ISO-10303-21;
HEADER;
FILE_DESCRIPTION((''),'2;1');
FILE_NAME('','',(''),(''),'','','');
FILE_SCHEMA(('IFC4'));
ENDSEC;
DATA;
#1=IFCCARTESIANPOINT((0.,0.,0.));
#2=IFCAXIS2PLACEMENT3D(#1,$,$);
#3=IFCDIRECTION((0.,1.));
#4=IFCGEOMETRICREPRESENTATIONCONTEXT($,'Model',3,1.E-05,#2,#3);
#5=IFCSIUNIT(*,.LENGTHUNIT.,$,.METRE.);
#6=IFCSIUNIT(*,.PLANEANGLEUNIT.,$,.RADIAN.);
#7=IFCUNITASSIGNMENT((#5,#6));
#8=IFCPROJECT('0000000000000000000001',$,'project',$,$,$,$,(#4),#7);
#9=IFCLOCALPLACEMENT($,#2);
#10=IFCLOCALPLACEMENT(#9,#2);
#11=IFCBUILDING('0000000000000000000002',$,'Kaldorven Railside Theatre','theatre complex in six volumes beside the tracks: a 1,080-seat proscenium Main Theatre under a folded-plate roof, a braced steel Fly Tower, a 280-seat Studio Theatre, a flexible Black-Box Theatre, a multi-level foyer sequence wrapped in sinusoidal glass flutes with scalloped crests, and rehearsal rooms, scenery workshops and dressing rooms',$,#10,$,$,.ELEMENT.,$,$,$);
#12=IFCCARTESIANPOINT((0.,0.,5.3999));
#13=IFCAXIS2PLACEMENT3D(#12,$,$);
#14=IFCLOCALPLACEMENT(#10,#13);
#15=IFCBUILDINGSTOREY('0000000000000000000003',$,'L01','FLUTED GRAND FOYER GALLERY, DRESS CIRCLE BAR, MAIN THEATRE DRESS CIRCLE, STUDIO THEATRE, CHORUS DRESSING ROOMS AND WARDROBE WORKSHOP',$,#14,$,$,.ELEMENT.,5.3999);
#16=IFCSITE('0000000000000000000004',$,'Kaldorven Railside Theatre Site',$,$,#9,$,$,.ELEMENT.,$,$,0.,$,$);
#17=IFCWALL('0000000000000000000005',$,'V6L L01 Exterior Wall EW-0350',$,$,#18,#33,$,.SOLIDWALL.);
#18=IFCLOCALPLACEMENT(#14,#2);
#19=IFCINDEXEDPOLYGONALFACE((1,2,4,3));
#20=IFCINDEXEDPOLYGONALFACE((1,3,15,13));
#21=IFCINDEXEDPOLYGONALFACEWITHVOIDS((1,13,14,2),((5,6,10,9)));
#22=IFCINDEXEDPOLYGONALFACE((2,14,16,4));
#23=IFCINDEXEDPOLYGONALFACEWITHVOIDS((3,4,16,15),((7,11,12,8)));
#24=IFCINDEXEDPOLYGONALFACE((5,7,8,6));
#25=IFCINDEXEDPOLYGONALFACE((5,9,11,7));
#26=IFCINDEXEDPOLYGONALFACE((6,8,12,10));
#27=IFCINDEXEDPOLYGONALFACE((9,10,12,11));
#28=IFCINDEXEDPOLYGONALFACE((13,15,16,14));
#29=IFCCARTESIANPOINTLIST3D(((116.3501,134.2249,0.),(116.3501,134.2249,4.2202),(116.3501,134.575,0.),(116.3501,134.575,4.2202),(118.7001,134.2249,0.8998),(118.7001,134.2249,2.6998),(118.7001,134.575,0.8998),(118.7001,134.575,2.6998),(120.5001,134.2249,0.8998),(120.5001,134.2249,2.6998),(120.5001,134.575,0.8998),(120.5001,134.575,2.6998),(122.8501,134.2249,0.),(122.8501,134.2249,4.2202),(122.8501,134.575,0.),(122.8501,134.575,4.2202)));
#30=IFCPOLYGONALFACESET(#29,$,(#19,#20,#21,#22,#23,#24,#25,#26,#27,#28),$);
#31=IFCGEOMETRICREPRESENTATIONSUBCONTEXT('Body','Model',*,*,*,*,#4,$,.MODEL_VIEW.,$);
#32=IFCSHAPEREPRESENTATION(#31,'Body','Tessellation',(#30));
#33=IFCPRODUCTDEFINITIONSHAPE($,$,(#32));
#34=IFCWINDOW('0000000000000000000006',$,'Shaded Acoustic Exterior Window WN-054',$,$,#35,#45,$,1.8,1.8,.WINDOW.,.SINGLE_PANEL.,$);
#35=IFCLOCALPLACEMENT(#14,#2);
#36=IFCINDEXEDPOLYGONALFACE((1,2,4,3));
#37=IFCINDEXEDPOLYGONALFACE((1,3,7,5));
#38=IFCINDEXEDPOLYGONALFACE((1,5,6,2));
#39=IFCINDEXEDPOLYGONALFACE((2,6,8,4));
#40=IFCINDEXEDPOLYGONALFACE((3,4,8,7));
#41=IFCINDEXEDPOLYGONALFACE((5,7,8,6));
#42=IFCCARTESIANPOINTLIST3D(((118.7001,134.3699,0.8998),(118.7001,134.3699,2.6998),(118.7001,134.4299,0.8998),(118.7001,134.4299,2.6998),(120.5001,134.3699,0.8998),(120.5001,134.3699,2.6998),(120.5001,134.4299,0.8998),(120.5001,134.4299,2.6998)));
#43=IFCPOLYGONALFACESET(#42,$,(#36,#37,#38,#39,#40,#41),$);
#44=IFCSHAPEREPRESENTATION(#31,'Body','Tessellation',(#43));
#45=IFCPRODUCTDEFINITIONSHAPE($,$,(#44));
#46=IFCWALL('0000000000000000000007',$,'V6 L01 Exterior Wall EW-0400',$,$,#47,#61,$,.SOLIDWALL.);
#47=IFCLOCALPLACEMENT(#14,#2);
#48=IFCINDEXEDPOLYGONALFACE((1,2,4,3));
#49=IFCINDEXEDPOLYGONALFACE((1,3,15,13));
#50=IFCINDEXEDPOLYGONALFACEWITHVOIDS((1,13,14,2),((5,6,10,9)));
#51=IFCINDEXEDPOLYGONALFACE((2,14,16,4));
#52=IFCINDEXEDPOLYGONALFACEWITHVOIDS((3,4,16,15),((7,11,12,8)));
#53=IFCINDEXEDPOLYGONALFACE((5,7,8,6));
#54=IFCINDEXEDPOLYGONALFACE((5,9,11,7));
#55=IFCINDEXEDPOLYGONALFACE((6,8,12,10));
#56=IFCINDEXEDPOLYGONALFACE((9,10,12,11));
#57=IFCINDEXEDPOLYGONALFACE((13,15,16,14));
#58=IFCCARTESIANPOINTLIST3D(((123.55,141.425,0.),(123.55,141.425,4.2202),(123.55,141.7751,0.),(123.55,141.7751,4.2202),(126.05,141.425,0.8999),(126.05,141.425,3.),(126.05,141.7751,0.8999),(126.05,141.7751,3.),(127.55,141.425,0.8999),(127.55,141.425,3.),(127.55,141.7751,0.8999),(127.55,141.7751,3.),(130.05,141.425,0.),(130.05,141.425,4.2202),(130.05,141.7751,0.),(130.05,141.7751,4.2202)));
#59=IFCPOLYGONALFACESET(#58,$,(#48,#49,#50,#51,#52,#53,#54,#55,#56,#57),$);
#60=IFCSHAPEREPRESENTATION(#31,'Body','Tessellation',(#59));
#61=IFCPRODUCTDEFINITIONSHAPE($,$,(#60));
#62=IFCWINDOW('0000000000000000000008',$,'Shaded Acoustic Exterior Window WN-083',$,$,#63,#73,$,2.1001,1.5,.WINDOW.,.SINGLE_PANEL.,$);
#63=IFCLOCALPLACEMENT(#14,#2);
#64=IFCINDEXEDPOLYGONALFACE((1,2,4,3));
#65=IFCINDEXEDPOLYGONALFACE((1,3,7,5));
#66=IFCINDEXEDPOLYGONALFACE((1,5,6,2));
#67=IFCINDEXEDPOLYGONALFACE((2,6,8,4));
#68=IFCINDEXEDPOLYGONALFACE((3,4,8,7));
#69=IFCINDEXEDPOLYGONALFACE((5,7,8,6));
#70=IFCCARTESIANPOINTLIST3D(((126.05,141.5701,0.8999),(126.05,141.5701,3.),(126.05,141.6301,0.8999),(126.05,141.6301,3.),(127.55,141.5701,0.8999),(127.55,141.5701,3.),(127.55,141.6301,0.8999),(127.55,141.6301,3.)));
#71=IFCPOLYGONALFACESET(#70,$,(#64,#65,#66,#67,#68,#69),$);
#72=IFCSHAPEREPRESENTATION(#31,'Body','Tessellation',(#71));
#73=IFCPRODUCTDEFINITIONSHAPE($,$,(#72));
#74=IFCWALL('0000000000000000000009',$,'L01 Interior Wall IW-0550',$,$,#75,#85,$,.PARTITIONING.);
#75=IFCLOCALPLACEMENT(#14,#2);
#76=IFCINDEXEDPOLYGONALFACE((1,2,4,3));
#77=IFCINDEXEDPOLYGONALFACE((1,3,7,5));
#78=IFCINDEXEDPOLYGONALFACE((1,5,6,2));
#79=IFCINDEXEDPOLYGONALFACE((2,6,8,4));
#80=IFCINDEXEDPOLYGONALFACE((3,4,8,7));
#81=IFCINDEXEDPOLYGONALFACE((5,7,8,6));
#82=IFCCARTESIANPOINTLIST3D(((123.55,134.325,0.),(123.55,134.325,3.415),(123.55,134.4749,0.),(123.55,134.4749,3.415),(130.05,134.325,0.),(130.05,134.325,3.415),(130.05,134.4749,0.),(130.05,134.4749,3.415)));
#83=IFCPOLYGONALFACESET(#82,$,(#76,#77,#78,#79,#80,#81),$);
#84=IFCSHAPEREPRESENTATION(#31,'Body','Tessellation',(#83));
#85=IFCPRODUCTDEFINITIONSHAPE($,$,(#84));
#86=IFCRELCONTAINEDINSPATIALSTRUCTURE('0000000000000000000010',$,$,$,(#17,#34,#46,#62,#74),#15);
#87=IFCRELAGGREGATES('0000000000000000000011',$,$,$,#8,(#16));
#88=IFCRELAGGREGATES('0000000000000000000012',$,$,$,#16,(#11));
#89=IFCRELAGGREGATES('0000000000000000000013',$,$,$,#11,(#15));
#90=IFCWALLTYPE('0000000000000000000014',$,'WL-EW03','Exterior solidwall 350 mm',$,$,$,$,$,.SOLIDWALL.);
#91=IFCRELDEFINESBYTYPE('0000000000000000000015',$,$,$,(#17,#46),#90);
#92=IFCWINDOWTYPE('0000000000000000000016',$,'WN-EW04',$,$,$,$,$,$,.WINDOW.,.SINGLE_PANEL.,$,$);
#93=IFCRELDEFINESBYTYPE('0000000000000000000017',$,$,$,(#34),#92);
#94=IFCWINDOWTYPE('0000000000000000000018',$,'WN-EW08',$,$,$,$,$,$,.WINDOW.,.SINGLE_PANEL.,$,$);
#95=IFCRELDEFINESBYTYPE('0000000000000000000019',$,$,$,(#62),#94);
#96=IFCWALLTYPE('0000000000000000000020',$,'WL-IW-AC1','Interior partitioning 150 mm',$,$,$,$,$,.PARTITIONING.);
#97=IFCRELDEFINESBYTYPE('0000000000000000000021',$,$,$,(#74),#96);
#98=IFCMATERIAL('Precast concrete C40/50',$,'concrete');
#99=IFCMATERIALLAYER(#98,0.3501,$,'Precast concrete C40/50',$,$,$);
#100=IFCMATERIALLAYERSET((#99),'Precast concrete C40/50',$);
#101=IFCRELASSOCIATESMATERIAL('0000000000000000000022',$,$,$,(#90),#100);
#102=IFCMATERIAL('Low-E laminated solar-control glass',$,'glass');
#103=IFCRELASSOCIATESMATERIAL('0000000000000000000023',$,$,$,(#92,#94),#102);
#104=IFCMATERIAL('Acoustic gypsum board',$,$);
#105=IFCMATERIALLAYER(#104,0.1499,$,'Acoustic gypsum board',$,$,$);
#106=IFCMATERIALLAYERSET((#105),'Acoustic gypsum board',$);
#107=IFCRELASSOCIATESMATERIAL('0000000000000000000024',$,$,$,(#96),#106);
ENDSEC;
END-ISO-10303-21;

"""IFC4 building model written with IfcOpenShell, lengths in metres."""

from ifc_helpers import new_model, si_unit, direction, frame, frame_2d, origin, place, context, subcontext, project, spatial, rectangle, extrude, material, layer, layer_set, type_object, element, fill, save


model = new_model("IFC4")

# Units and contexts
model_context = context("Model", 3, precision=1e-05, world=origin(), true_north=direction((0.0, 1.0)))
body_context = subcontext(model_context, "Body", "Model", "MODEL_VIEW")
ifc_project = project(units=[si_unit("LENGTHUNIT", "METRE"), si_unit("PLANEANGLEUNIT", "RADIAN")], contexts=[model_context])

# Site, building, storey
site_placement = place(None, origin())
site = spatial("IfcSite", under=ifc_project, at=site_placement, Name="Kaldorven Railside Theatre Site", CompositionType="ELEMENT", RefElevation=0.0)
building_placement = place(site_placement, origin())
building = spatial("IfcBuilding", under=site, at=building_placement, Name="Kaldorven Railside Theatre", Description="theatre complex in six volumes beside the tracks: a 1,080-seat proscenium Main Theatre under a folded-plate roof, a braced steel Fly Tower, a 280-seat Studio Theatre, a flexible Black-Box Theatre, a multi-level foyer sequence wrapped in sinusoidal glass flutes with scalloped crests, and rehearsal rooms, scenery workshops and dressing rooms", CompositionType="ELEMENT")
storey_placement = place(building_placement, frame((0.0, 0.0, 5.3999)))
storey = spatial("IfcBuildingStorey", under=building, at=storey_placement, Name="L01", Description="FLUTED GRAND FOYER GALLERY, DRESS CIRCLE BAR, MAIN THEATRE DRESS CIRCLE, STUDIO THEATRE, CHORUS DRESSING ROOMS AND WARDROBE WORKSHOP", CompositionType="ELEMENT", Elevation=5.3999)

# Walls, openings, windows
ifc_material_1 = material(Name="Precast concrete C40/50", Category="concrete")
ifc_layer_1 = layer(ifc_material_1, 0.3501, Name="Precast concrete C40/50")
ifc_layer_set_1 = layer_set([ifc_layer_1], Name="Precast concrete C40/50")
wall_type_1 = type_object("IfcWallType", Name="WL-EW03", Description="Exterior solidwall 350 mm", PredefinedType="SOLIDWALL", material=ifc_layer_set_1)
ifc_material_2 = material(Name="Low-E laminated solar-control glass", Category="glass")
wall_1_placement = place(storey_placement, frame((116.3501, 134.3999, 0.0), z_axis=(0.0, 0.0, 1.0), x_axis=(1.0, 0.0, 0.0)))
wall_1 = element("IfcWall", 1, at=wall_1_placement, inside=storey, type_object=wall_type_1, Name="V6L L01 Exterior Wall EW-0350", PredefinedType="SOLIDWALL", context=body_context, shape_type="SweptSolid", body=[
    extrude(rectangle(XDim=6.5, YDim=0.3501, at=frame_2d((3.25, 0.0))), origin(), (0.0, 0.0, 1.0), 4.2202),
])
opening_1_placement = place(wall_1_placement, frame((2.3501, 0.0, 0.8999)))
opening_1 = element("IfcOpeningElement", 2, at=opening_1_placement, cuts=wall_1, PredefinedType="OPENING", context=body_context, shape_type="SweptSolid", body=[
    extrude(rectangle(XDim=1.8, YDim=1.8, at=frame_2d((0.8999, 0.8999))), frame((0.0, 0.1851, 0.0), z_axis=(0.0, -1.0, 0.0), x_axis=(1.0, 0.0, 0.0)), (0.0, 0.0, 1.0), 0.3701),
])
window_type_1 = type_object("IfcWindowType", Name="WN-EW04", PartitioningType="SINGLE_PANEL", PredefinedType="WINDOW", material=ifc_material_2)
window_1_placement = place(opening_1_placement, origin())
window_1 = element("IfcWindow", 3, at=window_1_placement, inside=storey, type_object=window_type_1, Name="Shaded Acoustic Exterior Window WN-054", OverallHeight=1.8, OverallWidth=1.8, PartitioningType="SINGLE_PANEL", PredefinedType="WINDOW", context=body_context, shape_type="SweptSolid", body=[
    extrude(rectangle(XDim=1.8, YDim=1.8, at=frame_2d((0.8999, 0.8999))), frame((0.0, 0.03, 0.0), z_axis=(0.0, -1.0, 0.0), x_axis=(1.0, 0.0, 0.0)), (0.0, 0.0, 1.0), 0.0601),
])
fill(opening_1, window_1)
wall_2_placement = place(storey_placement, frame((123.55, 141.6001, 0.0), z_axis=(0.0, 0.0, 1.0), x_axis=(1.0, 0.0, 0.0)))
wall_2 = element("IfcWall", 4, at=wall_2_placement, inside=storey, type_object=wall_type_1, Name="V6 L01 Exterior Wall EW-0400", PredefinedType="SOLIDWALL", context=body_context, shape_type="SweptSolid", body=[
    extrude(rectangle(XDim=6.5, YDim=0.3501, at=frame_2d((3.25, 0.0))), origin(), (0.0, 0.0, 1.0), 4.2202),
])
opening_2_placement = place(wall_2_placement, frame((2.5, 0.0, 0.8999)))
opening_2 = element("IfcOpeningElement", 5, at=opening_2_placement, cuts=wall_2, PredefinedType="OPENING", context=body_context, shape_type="SweptSolid", body=[
    extrude(rectangle(XDim=1.5, YDim=2.1001, at=frame_2d((0.75, 1.05))), frame((0.0, 0.1851, 0.0), z_axis=(0.0, -1.0, 0.0), x_axis=(1.0, 0.0, 0.0)), (0.0, 0.0, 1.0), 0.3701),
])
window_type_2 = type_object("IfcWindowType", Name="WN-EW08", PartitioningType="SINGLE_PANEL", PredefinedType="WINDOW", material=ifc_material_2)
window_2_placement = place(opening_2_placement, origin())
window_2 = element("IfcWindow", 6, at=window_2_placement, inside=storey, type_object=window_type_2, Name="Shaded Acoustic Exterior Window WN-083", OverallHeight=2.1001, OverallWidth=1.5, PartitioningType="SINGLE_PANEL", PredefinedType="WINDOW", context=body_context, shape_type="SweptSolid", body=[
    extrude(rectangle(XDim=1.5, YDim=2.1001, at=frame_2d((0.75, 1.05))), frame((0.0, 0.03, 0.0), z_axis=(0.0, -1.0, 0.0), x_axis=(1.0, 0.0, 0.0)), (0.0, 0.0, 1.0), 0.0601),
])
fill(opening_2, window_2)

# Wall
ifc_material_3 = material(Name="Acoustic gypsum board")
ifc_layer_2 = layer(ifc_material_3, 0.1499, Name="Acoustic gypsum board")
ifc_layer_set_2 = layer_set([ifc_layer_2], Name="Acoustic gypsum board")
wall_type_2 = type_object("IfcWallType", Name="WL-IW-AC1", Description="Interior partitioning 150 mm", PredefinedType="PARTITIONING", material=ifc_layer_set_2)
wall_3_placement = place(storey_placement, frame((130.05, 134.3999, 0.0), z_axis=(0.0, 0.0, 1.0), x_axis=(-1.0, 0.0, 0.0)))
element("IfcWall", 7, at=wall_3_placement, inside=storey, type_object=wall_type_2, Name="L01 Interior Wall IW-0550", PredefinedType="PARTITIONING", context=body_context, shape_type="SweptSolid", body=[
    extrude(rectangle(XDim=6.5, YDim=0.1499, at=frame_2d((3.25, 0.0))), origin(), (0.0, 0.0, 1.0), 3.415),
])

save(model, "model.ifc")
